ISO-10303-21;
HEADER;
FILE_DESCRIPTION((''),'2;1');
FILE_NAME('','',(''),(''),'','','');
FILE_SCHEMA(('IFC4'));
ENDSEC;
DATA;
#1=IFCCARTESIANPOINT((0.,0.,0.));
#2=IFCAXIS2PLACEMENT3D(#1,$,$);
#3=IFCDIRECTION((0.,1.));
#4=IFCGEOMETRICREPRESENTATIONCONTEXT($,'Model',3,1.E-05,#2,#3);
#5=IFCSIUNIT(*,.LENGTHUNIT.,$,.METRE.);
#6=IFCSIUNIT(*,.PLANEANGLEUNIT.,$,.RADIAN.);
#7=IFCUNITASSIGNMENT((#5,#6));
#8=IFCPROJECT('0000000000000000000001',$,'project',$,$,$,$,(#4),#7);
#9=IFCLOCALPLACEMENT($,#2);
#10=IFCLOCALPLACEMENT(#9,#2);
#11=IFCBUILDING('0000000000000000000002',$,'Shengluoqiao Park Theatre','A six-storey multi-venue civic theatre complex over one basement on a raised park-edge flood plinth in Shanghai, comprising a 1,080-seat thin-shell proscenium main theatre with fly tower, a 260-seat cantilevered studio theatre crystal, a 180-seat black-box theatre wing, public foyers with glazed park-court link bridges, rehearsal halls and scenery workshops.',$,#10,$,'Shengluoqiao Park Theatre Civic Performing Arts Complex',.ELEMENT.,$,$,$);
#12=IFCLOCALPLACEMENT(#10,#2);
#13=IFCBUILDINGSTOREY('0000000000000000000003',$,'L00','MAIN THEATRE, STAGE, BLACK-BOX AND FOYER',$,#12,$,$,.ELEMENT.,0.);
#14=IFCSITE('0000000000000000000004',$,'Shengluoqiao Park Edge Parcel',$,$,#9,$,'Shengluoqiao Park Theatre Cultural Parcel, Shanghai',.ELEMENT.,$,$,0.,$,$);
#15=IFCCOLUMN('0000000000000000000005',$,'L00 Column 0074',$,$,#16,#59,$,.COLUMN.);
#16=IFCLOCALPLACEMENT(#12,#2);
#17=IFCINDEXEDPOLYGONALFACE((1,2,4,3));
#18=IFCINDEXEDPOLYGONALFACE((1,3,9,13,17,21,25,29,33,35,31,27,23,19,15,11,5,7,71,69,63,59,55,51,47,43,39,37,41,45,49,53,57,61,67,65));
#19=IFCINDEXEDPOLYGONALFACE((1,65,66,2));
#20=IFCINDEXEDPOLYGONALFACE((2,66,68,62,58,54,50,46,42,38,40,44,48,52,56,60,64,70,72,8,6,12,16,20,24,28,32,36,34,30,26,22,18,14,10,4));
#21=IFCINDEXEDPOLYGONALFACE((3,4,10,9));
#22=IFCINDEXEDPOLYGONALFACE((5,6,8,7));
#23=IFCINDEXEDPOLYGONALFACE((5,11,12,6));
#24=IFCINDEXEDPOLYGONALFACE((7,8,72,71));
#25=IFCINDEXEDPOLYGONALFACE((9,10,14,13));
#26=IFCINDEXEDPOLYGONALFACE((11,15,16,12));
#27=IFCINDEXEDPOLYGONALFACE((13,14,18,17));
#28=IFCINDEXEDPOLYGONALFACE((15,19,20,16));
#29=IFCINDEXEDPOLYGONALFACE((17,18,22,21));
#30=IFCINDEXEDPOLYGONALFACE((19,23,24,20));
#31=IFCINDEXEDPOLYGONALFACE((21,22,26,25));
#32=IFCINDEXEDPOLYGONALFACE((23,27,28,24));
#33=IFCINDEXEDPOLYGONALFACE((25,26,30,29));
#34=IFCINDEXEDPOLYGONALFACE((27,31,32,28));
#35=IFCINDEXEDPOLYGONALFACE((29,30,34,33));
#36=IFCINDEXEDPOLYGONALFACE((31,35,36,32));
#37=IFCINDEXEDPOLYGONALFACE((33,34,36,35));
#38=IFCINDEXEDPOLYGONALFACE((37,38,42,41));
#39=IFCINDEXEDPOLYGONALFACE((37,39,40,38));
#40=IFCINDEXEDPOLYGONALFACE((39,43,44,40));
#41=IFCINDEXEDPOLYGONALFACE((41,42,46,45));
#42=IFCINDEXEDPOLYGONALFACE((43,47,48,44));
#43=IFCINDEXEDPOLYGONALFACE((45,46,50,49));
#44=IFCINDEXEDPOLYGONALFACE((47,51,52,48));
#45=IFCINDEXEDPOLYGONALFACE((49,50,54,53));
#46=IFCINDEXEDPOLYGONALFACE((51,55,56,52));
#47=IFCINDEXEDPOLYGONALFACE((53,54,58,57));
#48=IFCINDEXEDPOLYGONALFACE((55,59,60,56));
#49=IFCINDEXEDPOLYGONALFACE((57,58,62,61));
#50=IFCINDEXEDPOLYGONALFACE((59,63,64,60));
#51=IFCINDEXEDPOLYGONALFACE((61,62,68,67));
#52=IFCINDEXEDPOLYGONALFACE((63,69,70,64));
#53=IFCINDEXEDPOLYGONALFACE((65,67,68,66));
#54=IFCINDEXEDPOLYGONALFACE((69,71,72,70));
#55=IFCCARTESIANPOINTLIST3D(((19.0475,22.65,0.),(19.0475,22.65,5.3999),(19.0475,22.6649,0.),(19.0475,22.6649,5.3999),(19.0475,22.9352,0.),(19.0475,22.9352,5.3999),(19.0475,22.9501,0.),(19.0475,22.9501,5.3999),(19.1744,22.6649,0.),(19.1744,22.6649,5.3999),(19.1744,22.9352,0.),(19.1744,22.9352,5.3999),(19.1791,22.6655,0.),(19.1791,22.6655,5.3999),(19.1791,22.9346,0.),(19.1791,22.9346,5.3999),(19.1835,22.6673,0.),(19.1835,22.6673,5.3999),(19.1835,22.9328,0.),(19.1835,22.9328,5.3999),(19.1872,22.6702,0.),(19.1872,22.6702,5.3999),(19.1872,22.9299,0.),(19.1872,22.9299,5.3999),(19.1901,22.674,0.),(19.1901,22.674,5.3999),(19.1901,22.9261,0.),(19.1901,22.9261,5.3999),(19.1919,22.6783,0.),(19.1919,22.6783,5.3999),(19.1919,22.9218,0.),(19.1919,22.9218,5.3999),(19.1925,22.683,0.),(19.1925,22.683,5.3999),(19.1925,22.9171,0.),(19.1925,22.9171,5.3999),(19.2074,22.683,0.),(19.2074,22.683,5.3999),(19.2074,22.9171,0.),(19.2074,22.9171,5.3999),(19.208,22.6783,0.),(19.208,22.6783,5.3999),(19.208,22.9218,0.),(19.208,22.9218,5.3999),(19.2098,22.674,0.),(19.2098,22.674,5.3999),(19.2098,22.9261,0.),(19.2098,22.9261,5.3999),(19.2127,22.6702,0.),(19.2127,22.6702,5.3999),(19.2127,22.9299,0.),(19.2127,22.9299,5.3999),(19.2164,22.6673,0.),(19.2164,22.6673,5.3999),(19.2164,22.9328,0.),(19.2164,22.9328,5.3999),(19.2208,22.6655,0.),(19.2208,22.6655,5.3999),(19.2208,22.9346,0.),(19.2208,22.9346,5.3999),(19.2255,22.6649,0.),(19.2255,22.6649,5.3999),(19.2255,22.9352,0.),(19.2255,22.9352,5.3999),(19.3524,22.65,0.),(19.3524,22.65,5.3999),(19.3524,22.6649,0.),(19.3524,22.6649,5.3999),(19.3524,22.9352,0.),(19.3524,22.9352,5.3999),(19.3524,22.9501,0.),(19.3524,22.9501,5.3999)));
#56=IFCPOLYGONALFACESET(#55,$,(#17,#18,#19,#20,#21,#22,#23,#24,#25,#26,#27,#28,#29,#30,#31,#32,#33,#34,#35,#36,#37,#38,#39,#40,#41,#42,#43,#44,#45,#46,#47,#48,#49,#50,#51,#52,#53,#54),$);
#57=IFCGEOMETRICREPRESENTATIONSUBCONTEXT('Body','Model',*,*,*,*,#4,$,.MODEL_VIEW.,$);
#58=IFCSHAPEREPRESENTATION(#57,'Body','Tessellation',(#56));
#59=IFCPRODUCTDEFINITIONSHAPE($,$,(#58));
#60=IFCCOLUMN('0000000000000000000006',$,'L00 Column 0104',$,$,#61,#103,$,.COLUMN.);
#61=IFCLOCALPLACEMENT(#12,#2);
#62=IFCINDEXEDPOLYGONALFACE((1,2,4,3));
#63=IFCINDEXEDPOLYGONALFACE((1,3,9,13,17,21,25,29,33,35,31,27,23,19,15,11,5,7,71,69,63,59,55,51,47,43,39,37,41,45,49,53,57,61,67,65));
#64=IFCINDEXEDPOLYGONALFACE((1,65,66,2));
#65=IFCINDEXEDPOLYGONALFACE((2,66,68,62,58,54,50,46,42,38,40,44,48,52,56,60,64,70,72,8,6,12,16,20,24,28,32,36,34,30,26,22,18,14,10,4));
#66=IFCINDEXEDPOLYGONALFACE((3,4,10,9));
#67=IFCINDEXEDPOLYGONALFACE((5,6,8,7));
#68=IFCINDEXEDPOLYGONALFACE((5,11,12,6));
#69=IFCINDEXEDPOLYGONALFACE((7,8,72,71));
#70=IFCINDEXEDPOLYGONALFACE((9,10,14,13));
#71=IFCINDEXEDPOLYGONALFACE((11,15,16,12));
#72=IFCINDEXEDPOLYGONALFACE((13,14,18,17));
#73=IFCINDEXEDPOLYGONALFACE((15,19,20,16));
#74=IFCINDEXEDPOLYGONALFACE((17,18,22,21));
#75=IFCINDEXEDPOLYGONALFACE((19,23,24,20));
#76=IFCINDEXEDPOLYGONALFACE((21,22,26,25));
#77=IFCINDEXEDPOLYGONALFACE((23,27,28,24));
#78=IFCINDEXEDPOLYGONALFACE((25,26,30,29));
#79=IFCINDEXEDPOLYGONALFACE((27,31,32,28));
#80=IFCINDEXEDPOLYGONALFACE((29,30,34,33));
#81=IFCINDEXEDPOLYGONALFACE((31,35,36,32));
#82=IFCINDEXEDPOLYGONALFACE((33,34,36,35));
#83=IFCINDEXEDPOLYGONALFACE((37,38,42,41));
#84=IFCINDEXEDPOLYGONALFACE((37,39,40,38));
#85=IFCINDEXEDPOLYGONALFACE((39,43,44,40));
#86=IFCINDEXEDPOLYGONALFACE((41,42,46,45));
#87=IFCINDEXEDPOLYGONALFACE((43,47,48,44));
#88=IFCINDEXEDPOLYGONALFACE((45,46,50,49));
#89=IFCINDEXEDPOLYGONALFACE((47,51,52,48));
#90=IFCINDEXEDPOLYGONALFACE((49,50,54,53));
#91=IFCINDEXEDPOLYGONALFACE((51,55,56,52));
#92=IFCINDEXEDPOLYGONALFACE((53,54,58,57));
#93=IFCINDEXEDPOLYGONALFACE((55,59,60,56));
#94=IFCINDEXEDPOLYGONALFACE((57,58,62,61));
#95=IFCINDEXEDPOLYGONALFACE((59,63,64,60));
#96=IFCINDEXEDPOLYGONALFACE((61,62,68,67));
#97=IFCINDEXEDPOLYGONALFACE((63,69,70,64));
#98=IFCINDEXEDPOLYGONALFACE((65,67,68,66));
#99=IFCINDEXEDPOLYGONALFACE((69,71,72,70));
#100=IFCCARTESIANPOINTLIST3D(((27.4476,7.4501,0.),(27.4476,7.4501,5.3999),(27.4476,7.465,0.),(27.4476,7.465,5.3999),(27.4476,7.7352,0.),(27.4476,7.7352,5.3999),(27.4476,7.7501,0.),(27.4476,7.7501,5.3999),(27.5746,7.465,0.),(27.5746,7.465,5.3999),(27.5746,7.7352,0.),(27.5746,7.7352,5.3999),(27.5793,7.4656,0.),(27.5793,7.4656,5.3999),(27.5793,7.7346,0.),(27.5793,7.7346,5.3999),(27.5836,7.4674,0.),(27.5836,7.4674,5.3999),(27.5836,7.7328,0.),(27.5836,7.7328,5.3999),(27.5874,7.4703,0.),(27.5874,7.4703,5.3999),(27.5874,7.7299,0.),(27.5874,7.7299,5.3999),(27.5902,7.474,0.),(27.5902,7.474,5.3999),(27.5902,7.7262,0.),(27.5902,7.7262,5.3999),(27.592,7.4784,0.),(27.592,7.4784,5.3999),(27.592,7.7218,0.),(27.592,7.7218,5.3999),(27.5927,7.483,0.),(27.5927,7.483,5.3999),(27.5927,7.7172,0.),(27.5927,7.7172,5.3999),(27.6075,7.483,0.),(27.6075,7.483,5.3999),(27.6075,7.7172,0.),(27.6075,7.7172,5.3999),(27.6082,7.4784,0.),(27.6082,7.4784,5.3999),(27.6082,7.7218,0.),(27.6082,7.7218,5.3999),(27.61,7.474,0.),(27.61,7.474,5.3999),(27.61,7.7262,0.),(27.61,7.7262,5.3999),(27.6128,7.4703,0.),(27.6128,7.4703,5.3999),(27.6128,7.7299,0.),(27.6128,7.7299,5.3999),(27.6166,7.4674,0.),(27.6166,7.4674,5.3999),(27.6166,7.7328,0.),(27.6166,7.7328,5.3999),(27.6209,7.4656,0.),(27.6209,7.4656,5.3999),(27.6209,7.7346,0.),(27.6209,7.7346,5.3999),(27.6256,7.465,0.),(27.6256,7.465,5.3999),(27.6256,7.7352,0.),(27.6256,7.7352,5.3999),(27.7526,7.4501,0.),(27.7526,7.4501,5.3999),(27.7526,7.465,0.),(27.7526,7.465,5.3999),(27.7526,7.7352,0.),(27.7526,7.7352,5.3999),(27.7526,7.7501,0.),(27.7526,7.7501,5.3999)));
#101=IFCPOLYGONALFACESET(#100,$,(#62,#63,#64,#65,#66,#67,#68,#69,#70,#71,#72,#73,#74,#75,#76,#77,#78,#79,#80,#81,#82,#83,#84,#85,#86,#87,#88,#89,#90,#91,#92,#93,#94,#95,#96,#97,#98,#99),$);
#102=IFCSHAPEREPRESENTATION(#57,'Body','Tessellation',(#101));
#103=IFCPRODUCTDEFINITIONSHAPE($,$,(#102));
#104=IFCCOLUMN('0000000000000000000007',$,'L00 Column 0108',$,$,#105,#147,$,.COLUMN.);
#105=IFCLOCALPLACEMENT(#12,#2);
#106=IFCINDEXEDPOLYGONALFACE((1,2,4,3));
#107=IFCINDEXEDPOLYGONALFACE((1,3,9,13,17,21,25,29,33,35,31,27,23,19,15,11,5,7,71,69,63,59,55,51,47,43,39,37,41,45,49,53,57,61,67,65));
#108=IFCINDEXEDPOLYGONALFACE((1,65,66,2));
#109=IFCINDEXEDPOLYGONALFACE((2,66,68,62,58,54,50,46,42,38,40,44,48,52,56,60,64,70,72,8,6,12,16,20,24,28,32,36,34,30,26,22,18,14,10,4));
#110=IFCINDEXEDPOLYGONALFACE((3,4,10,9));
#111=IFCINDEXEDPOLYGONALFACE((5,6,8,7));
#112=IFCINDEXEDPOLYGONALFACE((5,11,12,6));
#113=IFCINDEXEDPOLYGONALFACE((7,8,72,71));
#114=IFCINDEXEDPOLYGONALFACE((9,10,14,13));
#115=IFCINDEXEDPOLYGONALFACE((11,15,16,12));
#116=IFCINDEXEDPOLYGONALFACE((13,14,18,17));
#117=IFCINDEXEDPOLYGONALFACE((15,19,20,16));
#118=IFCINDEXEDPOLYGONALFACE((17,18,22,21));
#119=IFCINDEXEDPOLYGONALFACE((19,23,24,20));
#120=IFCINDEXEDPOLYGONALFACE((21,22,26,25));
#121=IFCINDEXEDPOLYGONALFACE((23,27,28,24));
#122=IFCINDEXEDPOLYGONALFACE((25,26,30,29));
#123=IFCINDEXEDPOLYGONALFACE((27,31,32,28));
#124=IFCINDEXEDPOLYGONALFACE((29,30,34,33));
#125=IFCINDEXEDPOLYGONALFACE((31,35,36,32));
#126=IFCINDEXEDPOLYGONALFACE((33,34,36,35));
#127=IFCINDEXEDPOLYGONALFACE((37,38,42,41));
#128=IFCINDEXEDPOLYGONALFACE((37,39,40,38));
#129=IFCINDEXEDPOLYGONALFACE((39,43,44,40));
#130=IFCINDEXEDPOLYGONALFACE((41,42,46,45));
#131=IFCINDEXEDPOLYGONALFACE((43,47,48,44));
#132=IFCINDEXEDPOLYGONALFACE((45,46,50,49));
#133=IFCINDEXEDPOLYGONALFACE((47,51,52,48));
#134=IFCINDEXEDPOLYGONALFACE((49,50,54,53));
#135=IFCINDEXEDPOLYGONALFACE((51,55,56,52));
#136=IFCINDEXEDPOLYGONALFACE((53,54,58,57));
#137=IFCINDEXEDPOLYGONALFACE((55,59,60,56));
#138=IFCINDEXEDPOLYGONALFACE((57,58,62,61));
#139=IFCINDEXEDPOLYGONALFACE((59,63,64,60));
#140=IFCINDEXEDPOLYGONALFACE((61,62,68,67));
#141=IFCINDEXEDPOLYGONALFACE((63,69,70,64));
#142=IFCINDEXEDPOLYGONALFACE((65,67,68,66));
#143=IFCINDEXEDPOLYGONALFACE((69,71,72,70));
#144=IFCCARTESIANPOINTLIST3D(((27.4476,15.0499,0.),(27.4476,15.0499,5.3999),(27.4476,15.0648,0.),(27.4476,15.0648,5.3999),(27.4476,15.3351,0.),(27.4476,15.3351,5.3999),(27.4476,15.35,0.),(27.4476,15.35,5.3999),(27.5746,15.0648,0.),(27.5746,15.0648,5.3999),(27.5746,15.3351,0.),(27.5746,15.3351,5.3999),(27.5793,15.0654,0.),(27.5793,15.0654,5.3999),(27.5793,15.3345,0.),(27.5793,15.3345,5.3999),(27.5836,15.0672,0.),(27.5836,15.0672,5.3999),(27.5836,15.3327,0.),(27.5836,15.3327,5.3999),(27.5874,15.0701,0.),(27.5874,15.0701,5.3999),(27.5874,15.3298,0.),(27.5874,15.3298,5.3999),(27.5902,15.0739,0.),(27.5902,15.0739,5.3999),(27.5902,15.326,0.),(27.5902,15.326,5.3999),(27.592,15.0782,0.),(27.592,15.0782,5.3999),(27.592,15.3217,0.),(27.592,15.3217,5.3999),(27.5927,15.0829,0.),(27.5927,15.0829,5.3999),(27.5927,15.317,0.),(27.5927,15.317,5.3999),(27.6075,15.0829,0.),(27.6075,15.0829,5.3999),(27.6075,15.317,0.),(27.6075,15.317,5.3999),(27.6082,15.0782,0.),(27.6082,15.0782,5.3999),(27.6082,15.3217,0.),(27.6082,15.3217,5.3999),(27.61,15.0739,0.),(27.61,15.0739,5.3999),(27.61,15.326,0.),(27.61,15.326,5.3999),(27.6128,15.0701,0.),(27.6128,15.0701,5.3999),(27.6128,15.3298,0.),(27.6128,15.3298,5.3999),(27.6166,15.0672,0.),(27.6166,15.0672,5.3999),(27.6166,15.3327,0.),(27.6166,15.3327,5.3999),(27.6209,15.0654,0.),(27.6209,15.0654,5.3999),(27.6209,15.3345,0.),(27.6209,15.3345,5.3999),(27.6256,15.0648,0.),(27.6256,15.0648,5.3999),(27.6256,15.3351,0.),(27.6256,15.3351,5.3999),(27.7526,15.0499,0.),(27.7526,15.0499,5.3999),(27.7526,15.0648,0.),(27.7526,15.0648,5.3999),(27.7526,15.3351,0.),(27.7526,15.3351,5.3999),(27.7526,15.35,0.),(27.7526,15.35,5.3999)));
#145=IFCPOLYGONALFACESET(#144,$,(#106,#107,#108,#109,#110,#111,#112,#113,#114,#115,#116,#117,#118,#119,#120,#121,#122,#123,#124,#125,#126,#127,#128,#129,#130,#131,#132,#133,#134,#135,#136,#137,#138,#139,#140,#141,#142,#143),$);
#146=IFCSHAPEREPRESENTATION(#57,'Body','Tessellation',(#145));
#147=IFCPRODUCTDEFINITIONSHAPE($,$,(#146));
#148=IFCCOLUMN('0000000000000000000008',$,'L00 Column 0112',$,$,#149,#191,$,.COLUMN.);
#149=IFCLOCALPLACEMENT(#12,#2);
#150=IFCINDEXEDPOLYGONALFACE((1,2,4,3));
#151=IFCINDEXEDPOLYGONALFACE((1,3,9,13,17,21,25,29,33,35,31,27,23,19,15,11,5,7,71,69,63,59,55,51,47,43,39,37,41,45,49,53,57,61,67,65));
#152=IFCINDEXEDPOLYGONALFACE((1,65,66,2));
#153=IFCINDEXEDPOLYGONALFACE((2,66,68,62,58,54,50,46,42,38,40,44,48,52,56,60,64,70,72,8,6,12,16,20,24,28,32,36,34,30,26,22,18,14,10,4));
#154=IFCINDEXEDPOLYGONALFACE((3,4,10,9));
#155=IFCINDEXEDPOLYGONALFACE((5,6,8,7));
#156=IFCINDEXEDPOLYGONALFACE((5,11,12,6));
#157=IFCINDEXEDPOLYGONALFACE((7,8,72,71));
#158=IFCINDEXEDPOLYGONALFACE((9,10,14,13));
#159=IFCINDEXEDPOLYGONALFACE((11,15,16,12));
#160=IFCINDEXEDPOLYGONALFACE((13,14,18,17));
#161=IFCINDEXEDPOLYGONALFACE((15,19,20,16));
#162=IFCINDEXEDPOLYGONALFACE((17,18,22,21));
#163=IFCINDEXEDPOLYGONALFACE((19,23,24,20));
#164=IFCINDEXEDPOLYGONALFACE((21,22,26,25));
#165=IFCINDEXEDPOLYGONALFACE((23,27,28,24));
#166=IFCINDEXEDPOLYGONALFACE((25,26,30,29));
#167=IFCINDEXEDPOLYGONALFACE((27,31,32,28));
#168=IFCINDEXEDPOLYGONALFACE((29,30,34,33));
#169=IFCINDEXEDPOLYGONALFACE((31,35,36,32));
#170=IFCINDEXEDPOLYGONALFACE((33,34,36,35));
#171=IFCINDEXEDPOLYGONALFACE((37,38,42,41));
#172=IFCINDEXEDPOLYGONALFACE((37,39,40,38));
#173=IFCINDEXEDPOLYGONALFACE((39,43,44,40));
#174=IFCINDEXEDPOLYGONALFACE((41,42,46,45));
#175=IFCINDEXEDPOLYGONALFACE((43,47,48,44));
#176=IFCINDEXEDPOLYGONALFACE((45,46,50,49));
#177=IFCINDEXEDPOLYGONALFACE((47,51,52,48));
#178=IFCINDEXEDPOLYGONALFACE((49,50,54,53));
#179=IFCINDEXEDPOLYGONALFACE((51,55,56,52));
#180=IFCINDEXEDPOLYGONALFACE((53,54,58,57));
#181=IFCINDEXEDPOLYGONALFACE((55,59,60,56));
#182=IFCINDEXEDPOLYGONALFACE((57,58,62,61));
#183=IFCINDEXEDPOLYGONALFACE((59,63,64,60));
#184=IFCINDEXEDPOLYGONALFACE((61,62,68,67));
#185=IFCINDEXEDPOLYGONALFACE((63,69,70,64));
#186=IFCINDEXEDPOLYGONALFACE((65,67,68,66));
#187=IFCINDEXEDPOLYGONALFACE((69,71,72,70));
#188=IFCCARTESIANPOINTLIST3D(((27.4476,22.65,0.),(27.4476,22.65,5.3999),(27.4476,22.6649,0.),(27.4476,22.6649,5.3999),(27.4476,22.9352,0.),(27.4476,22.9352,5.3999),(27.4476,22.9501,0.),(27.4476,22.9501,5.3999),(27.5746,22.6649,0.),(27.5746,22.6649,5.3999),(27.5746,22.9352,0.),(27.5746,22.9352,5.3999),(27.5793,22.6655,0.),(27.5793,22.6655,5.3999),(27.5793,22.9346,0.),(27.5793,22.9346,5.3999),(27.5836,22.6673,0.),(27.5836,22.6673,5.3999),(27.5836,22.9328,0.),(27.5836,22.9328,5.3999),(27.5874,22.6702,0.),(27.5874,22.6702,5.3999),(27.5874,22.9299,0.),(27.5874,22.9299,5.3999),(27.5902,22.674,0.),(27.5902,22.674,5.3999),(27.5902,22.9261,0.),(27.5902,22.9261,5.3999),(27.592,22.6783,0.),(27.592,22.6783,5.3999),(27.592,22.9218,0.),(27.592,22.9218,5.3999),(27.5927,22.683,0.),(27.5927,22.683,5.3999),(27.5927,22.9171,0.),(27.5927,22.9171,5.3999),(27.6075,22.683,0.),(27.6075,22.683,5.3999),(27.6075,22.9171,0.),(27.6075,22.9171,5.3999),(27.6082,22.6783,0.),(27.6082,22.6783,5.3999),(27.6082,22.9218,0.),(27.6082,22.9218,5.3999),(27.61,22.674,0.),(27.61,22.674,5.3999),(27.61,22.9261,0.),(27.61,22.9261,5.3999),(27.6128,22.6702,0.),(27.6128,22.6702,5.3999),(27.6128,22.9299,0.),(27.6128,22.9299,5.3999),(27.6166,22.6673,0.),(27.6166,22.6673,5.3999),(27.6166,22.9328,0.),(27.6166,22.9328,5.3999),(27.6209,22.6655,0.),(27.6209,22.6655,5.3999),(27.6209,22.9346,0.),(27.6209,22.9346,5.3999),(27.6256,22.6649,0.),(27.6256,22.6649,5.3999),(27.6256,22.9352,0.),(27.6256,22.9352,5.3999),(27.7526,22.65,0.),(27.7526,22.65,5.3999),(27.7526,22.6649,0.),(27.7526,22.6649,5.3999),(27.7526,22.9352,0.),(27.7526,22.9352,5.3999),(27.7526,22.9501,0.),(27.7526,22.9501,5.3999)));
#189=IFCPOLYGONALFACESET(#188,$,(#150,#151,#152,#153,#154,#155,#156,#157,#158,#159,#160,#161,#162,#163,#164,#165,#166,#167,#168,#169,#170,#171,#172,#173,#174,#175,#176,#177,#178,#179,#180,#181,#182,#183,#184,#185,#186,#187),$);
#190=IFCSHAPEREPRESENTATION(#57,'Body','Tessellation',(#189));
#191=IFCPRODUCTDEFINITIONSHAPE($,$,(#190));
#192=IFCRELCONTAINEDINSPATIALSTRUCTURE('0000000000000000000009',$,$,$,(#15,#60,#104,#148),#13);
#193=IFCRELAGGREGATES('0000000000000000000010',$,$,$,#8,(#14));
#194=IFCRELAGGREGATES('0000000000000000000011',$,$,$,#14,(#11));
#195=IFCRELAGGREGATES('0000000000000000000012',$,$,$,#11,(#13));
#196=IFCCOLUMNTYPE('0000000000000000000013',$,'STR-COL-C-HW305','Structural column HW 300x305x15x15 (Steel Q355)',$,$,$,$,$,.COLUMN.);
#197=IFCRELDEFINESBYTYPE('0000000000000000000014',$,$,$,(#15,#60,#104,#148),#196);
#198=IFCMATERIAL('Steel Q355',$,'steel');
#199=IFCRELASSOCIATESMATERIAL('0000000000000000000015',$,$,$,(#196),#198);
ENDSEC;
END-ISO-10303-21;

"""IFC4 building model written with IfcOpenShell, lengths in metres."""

from ifc_helpers import new_model, si_unit, direction, frame, origin, origin_2d, place, context, subcontext, project, spatial, i_section, extrude, material, material_profile, profile_set, type_object, element, save


model = new_model("IFC4")

# Units and contexts
model_context = context("Model", 3, precision=1e-05, world=origin(), true_north=direction((0.0, 1.0)))
body_context = subcontext(model_context, "Body", "Model", "MODEL_VIEW")
ifc_project = project(units=[si_unit("LENGTHUNIT", "METRE"), si_unit("PLANEANGLEUNIT", "RADIAN")], contexts=[model_context])

# Site, building, storey
site_placement = place(None, origin())
site = spatial("IfcSite", under=ifc_project, at=site_placement, Name="Shengluoqiao Park Edge Parcel", LongName="Shengluoqiao Park Theatre Cultural Parcel, Shanghai", CompositionType="ELEMENT", RefElevation=0.0)
building_placement = place(site_placement, origin())
building = spatial("IfcBuilding", under=site, at=building_placement, Name="Shengluoqiao Park Theatre", Description="A six-storey multi-venue civic theatre complex over one basement on a raised park-edge flood plinth in Shanghai, comprising a 1,080-seat thin-shell proscenium main theatre with fly tower, a 260-seat cantilevered studio theatre crystal, a 180-seat black-box theatre wing, public foyers with glazed park-court link bridges, rehearsal halls and scenery workshops.", LongName="Shengluoqiao Park Theatre Civic Performing Arts Complex", CompositionType="ELEMENT")
storey_placement = place(building_placement, origin())
storey = spatial("IfcBuildingStorey", under=building, at=storey_placement, Name="L00", Description="MAIN THEATRE, STAGE, BLACK-BOX AND FOYER", CompositionType="ELEMENT", Elevation=0.0)

# Columns
ifc_material_1 = material(Name="Steel Q355", Category="steel")
ifc_material_profile_1 = material_profile(ifc_material_1, i_section(OverallWidth=0.3049, OverallDepth=0.3, WebThickness=0.0149, FlangeThickness=0.0149, FilletRadius=0.0181, at=origin_2d()), Name="HW 300x305x15x15")
ifc_profile_set_1 = profile_set([ifc_material_profile_1], Name="Steel Q355")
column_type = type_object("IfcColumnType", Name="STR-COL-C-HW305", Description="Structural column HW 300x305x15x15 (Steel Q355)", PredefinedType="COLUMN", material=ifc_profile_set_1)
for number, where, z_axis, x_axis, name in (
    (1, (19.2, 22.8, 0.0), (0.0, 0.0, 1.0), (1.0, 0.0, 0.0), "L00 Column 0074"),
    (2, (27.6001, 7.6001, 0.0), (0.0, 0.0, 1.0), (1.0, 0.0, 0.0), "L00 Column 0104"),
    (3, (27.6001, 15.2, 0.0), (0.0, 0.0, 1.0), (1.0, 0.0, 0.0), "L00 Column 0108"),
    (4, (27.6001, 22.8, 0.0), (0.0, 0.0, 1.0), (1.0, 0.0, 0.0), "L00 Column 0112"),
):
    element("IfcColumn", number, at=place(storey_placement, frame(where, z_axis=z_axis, x_axis=x_axis)), inside=storey, type_object=column_type, Name=name, PredefinedType="COLUMN", context=body_context, shape_type="SweptSolid", body=[
        extrude(i_section(OverallWidth=0.3049, OverallDepth=0.3, WebThickness=0.0149, FlangeThickness=0.0149, FilletRadius=0.0181, at=origin_2d()), origin(), (0.0, 0.0, 1.0), 5.3999),
    ])

save(model, "model.ifc")
